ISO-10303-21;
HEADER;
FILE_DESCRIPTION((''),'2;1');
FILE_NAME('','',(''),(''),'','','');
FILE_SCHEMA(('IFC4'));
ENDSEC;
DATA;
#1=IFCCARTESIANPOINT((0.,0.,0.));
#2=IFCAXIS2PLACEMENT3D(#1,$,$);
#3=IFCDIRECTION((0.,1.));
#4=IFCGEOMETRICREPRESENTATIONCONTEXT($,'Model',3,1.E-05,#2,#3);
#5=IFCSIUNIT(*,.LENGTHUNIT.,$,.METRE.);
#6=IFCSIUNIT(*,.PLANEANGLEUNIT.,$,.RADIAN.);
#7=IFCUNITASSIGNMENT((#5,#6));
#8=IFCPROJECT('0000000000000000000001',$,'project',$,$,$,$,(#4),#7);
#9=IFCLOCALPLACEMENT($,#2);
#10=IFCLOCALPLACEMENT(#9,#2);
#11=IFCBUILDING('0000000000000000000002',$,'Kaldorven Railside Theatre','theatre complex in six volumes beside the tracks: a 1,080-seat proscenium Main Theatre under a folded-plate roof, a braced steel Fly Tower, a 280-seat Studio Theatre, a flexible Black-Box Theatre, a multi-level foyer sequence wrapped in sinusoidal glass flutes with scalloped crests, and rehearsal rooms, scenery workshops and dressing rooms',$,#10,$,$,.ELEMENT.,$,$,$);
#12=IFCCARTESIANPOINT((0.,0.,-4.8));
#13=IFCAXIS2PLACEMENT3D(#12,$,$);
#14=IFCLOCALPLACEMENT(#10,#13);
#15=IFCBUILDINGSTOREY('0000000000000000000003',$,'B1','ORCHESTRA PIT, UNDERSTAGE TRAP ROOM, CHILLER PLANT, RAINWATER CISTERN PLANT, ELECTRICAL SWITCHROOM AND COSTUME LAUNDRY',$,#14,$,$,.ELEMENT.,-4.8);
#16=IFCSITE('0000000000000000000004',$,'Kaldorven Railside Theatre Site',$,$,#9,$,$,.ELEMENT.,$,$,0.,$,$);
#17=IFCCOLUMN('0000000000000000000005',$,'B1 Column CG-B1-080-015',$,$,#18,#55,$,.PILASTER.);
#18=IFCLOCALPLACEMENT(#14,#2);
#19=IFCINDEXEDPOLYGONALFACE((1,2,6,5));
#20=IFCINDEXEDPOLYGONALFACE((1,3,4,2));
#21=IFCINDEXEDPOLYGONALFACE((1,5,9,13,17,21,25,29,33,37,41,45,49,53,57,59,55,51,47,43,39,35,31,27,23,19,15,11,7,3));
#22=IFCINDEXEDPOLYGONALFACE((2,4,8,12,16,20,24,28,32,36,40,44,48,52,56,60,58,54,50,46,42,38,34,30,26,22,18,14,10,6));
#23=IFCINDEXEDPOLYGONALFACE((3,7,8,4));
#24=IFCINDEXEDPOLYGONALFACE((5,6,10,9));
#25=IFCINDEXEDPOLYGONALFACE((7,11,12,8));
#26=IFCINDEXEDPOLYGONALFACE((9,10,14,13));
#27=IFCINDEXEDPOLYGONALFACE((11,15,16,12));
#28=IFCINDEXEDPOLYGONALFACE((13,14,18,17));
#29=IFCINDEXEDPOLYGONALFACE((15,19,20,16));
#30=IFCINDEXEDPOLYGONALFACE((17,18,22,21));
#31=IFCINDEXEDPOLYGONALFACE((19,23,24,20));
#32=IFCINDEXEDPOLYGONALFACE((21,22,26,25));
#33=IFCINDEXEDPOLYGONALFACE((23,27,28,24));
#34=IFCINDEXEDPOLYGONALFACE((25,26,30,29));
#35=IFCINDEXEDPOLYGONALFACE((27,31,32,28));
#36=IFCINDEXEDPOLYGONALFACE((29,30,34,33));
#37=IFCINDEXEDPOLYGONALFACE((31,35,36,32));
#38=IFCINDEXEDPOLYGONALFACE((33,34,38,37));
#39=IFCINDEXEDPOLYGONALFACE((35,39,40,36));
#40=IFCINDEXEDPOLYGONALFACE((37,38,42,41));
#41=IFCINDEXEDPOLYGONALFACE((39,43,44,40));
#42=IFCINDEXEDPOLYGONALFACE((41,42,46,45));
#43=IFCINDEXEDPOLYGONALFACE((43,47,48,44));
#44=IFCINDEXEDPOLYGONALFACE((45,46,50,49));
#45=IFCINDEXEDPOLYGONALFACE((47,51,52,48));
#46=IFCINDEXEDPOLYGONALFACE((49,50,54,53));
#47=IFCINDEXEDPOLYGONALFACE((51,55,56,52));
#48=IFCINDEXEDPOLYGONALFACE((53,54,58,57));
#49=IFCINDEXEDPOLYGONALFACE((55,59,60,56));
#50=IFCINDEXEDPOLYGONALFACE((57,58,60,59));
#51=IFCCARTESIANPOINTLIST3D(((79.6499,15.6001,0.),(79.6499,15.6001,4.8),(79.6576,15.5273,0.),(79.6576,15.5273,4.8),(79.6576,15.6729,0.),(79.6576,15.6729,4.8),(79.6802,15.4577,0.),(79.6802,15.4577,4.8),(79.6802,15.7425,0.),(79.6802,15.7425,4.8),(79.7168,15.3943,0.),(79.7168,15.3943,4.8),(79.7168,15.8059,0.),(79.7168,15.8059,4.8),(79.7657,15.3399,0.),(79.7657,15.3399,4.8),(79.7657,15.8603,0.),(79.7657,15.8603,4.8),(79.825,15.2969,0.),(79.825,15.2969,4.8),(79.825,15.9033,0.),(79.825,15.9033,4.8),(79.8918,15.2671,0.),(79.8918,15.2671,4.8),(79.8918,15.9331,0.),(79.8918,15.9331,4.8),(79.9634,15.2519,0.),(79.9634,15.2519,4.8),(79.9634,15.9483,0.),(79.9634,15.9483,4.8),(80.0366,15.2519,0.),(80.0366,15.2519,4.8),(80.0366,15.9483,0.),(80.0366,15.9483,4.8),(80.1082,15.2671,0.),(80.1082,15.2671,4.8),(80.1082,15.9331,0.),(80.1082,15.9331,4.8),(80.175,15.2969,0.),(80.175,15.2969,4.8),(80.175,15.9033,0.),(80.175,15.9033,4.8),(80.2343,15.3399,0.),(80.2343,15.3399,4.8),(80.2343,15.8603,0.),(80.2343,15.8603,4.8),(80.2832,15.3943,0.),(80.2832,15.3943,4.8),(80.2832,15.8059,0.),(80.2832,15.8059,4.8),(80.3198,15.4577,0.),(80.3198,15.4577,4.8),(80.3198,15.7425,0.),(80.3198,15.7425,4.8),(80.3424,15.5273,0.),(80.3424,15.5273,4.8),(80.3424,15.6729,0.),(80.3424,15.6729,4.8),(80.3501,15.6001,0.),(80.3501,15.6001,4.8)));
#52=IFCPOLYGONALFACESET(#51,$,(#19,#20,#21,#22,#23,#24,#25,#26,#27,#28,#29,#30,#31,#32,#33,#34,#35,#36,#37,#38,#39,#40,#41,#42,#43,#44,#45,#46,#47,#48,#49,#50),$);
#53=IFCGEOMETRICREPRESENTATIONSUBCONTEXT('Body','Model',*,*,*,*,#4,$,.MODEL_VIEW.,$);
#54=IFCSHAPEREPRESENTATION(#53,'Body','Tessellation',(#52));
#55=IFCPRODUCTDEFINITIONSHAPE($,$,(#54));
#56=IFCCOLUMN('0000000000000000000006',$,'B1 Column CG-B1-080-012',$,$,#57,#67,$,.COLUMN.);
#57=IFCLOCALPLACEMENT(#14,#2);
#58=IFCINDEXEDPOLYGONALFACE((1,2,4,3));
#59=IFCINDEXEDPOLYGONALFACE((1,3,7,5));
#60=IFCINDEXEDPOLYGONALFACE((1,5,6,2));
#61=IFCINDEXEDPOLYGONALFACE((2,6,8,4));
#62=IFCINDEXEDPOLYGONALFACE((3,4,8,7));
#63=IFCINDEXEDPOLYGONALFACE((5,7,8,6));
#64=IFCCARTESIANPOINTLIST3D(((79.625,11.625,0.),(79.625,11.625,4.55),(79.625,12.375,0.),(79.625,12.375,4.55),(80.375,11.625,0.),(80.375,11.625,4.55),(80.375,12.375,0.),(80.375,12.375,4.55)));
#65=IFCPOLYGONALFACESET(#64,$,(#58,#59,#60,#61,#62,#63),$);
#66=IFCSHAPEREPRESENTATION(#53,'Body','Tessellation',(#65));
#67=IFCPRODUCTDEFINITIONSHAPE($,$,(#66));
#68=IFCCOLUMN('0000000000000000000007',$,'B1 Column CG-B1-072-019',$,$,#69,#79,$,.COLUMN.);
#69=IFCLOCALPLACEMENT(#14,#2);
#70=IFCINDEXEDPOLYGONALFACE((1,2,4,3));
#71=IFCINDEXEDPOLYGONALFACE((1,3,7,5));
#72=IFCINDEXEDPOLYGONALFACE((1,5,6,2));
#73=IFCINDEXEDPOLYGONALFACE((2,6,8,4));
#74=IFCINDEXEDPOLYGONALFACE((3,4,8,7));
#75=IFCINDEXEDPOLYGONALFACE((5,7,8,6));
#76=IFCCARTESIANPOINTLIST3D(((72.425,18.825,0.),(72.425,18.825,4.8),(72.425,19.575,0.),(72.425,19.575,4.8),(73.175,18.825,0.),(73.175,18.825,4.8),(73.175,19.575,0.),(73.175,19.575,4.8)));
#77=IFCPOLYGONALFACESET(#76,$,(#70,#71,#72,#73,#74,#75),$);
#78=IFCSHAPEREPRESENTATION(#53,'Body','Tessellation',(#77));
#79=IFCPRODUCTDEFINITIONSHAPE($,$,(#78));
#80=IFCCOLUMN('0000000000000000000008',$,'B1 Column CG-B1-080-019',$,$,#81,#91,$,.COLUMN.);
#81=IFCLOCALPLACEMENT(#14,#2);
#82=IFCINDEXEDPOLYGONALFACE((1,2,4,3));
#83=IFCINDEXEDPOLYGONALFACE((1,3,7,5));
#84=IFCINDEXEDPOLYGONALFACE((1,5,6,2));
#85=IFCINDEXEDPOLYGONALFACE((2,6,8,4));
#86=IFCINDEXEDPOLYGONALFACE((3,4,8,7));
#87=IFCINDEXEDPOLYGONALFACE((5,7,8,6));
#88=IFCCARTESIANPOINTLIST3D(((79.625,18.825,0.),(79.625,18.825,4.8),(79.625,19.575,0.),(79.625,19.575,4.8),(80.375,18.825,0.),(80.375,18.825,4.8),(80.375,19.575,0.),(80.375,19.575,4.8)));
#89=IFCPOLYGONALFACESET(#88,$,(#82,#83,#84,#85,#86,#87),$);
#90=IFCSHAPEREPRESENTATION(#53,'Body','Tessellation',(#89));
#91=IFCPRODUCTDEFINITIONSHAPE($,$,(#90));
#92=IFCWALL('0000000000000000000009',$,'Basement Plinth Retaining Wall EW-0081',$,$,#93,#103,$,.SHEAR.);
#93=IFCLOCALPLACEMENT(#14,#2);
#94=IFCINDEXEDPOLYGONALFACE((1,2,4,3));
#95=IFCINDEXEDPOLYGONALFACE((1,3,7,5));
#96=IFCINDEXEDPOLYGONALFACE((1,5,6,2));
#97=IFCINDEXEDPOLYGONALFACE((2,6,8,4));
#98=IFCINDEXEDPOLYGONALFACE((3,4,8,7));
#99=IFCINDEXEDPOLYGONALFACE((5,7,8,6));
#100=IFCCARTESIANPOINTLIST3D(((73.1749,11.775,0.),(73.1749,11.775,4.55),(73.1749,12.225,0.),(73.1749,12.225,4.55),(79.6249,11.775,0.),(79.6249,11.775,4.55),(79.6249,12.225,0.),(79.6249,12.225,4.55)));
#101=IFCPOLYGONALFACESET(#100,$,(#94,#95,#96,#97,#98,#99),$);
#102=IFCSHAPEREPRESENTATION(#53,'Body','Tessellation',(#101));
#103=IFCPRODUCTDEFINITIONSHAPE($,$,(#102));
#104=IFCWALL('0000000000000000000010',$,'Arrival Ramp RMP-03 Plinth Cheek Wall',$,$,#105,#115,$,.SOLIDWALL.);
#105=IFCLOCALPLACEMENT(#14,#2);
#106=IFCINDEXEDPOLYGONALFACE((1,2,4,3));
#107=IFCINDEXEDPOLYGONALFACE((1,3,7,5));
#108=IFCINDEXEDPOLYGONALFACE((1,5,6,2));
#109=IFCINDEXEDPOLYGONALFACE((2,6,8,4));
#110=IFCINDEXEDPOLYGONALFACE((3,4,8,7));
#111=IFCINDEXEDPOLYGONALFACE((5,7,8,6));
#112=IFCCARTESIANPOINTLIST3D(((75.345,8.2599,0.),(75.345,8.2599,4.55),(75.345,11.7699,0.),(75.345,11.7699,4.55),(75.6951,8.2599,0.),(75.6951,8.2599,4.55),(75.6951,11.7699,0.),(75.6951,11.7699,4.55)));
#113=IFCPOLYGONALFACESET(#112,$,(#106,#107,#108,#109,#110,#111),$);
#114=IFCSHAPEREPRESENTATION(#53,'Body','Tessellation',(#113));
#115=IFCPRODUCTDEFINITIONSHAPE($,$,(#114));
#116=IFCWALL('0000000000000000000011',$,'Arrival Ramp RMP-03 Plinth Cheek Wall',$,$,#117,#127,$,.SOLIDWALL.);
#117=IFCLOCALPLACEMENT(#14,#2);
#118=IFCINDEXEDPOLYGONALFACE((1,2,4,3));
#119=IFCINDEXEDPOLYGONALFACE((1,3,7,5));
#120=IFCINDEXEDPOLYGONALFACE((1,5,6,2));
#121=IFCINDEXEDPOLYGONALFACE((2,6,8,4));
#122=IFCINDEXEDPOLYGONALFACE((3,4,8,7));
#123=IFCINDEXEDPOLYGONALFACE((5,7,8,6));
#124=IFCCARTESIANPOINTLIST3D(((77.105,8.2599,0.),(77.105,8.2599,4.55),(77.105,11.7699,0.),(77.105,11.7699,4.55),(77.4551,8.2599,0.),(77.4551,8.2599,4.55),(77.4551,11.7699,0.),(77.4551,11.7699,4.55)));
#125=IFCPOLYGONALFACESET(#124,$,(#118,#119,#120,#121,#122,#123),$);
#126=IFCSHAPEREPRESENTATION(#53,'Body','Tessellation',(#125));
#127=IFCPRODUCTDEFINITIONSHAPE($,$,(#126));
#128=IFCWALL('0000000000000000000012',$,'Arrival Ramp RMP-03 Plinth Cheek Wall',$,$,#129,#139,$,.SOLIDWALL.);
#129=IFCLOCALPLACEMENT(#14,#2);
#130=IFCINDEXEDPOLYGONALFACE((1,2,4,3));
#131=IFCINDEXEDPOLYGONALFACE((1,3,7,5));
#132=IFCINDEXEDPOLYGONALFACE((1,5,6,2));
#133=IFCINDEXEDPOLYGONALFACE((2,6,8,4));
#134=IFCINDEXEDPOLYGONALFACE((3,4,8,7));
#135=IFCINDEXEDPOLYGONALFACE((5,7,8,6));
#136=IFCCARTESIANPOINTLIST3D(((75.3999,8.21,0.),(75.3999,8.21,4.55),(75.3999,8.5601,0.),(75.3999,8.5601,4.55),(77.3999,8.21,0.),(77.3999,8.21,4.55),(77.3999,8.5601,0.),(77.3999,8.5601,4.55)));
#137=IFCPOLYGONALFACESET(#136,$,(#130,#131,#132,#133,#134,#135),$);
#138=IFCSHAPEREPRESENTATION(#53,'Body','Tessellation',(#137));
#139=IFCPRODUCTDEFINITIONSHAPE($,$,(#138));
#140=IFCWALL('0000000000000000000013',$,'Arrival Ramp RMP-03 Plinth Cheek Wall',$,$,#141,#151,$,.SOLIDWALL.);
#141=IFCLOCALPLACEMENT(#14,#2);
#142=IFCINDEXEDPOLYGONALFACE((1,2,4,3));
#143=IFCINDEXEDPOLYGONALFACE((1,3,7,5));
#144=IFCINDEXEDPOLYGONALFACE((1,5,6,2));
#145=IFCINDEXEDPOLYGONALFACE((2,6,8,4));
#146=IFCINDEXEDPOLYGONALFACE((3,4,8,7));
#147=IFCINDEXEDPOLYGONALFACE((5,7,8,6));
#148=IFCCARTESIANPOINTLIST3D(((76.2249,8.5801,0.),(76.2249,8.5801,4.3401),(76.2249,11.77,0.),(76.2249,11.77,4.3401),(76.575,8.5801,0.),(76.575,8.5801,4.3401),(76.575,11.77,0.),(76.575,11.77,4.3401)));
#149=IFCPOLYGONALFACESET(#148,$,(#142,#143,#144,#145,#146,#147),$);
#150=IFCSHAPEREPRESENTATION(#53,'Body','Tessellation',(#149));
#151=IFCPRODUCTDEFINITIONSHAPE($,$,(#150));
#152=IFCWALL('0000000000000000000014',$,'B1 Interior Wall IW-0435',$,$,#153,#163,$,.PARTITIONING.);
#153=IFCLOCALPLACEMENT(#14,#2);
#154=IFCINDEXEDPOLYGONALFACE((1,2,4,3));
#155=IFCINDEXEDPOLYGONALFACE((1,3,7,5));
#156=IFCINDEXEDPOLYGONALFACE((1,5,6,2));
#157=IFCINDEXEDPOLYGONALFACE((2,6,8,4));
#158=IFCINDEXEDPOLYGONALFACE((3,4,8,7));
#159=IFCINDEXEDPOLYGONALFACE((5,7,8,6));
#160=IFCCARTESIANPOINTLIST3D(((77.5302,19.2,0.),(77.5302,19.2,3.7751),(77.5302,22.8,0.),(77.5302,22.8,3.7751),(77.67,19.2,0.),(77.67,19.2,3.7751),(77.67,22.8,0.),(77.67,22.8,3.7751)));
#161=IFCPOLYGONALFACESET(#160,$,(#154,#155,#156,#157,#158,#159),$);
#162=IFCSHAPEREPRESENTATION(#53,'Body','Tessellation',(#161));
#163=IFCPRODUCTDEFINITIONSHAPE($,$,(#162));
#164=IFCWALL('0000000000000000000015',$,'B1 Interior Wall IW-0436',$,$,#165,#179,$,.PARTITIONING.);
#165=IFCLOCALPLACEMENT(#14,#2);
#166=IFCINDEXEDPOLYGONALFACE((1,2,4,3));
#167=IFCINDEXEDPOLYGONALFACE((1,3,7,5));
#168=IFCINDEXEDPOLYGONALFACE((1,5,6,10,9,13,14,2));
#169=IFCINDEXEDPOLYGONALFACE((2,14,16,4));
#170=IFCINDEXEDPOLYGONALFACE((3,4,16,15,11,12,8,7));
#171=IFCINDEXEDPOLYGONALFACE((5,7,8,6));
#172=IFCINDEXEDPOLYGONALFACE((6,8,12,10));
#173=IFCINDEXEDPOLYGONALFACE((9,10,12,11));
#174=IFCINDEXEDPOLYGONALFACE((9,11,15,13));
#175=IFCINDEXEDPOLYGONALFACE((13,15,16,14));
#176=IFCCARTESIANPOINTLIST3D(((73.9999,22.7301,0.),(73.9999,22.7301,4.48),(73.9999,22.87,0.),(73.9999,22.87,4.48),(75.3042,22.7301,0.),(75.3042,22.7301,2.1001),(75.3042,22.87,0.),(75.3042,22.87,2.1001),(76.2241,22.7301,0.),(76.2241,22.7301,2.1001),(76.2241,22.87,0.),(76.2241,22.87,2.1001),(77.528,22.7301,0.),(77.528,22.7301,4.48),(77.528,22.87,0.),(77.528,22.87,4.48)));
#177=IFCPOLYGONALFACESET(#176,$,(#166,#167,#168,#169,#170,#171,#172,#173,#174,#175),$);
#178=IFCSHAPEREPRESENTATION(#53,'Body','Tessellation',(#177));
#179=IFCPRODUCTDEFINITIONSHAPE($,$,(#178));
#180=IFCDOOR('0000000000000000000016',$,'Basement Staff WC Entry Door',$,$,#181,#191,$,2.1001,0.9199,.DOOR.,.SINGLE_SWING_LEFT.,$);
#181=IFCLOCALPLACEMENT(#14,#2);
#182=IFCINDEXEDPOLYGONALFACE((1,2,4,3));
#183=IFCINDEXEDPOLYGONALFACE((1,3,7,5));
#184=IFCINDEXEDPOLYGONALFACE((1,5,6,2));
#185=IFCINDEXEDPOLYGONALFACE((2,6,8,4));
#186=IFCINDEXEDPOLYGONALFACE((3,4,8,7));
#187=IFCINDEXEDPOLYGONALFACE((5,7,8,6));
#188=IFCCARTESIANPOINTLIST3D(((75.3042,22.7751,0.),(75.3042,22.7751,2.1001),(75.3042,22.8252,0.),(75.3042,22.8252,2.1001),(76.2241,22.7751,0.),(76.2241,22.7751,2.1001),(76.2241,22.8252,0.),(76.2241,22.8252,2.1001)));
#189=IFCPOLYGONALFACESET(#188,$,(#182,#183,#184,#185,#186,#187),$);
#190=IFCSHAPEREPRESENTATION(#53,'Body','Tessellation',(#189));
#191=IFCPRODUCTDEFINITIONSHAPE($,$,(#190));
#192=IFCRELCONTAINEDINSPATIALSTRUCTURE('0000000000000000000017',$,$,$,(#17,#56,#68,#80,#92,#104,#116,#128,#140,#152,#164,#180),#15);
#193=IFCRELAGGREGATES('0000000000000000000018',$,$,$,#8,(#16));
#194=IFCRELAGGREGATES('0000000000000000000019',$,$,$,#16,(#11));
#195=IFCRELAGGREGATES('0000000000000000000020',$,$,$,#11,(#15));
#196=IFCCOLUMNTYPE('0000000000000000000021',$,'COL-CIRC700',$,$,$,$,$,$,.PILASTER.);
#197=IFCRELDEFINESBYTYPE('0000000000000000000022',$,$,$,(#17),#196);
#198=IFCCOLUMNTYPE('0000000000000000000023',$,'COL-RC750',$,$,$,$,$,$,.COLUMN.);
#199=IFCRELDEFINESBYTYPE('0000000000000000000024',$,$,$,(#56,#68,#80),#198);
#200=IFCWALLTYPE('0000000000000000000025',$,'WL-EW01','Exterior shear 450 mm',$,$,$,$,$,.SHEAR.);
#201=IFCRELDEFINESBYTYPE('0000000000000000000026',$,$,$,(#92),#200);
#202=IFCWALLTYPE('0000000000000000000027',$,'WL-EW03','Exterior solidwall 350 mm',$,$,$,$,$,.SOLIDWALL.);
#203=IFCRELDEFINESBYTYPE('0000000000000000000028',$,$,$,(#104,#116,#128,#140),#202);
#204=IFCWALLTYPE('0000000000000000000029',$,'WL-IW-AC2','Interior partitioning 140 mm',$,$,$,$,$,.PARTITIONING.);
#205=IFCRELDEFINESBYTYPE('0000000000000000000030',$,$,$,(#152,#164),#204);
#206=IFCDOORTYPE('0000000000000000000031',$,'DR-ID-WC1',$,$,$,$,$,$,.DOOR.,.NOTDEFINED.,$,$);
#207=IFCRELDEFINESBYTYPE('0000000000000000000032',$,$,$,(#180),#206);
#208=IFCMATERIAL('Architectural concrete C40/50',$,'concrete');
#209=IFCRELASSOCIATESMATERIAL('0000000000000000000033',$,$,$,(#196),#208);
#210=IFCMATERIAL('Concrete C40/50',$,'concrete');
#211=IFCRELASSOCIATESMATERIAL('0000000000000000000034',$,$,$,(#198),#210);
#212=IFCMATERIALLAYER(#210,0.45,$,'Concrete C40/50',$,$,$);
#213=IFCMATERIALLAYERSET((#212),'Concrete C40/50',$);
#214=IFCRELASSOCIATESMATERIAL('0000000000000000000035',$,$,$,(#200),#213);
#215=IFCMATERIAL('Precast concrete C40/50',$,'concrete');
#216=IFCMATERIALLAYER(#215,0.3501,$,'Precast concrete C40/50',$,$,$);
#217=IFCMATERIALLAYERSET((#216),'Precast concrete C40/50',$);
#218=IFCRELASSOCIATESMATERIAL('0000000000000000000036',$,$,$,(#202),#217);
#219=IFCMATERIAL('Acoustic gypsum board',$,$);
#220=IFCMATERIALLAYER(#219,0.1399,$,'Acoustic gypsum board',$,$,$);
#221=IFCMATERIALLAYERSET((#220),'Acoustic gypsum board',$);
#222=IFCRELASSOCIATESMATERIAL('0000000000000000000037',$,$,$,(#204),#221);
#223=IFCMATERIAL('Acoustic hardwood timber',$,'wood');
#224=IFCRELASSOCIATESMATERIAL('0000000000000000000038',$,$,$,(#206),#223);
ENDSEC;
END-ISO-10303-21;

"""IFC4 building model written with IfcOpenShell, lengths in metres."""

from ifc_helpers import new_model, si_unit, direction, frame, frame_2d, origin, origin_2d, place, context, subcontext, project, spatial, rectangle, circle, extrude, material, layer, layer_set, material_profile, profile_set, type_object, element, fill, save


model = new_model("IFC4")

# Units and contexts
model_context = context("Model", 3, precision=1e-05, world=origin(), true_north=direction((0.0, 1.0)))
body_context = subcontext(model_context, "Body", "Model", "MODEL_VIEW")
ifc_project = project(units=[si_unit("LENGTHUNIT", "METRE"), si_unit("PLANEANGLEUNIT", "RADIAN")], contexts=[model_context])

# Site, building, storey
site_placement = place(None, origin())
site = spatial("IfcSite", under=ifc_project, at=site_placement, Name="Kaldorven Railside Theatre Site", CompositionType="ELEMENT", RefElevation=0.0)
building_placement = place(site_placement, origin())
building = spatial("IfcBuilding", under=site, at=building_placement, Name="Kaldorven Railside Theatre", Description="theatre complex in six volumes beside the tracks: a 1,080-seat proscenium Main Theatre under a folded-plate roof, a braced steel Fly Tower, a 280-seat Studio Theatre, a flexible Black-Box Theatre, a multi-level foyer sequence wrapped in sinusoidal glass flutes with scalloped crests, and rehearsal rooms, scenery workshops and dressing rooms", CompositionType="ELEMENT")
storey_placement = place(building_placement, frame((0.0, 0.0, -4.8)))
storey = spatial("IfcBuildingStorey", under=building, at=storey_placement, Name="B1", Description="ORCHESTRA PIT, UNDERSTAGE TRAP ROOM, CHILLER PLANT, RAINWATER CISTERN PLANT, ELECTRICAL SWITCHROOM AND COSTUME LAUNDRY", CompositionType="ELEMENT", Elevation=-4.8)

# Shared definitions
ifc_material_1 = material(Name="Concrete C40/50", Category="concrete")

# Columns
ifc_material_2 = material(Name="Architectural concrete C40/50", Category="concrete")
ifc_material_profile_1 = material_profile(ifc_material_2, circle(Radius=0.3501, at=origin_2d()), Name="RC D700")
ifc_profile_set_1 = profile_set([ifc_material_profile_1], Name="Architectural concrete C40/50")
column_type_1 = type_object("IfcColumnType", Name="COL-CIRC700", PredefinedType="PILASTER", material=ifc_profile_set_1)
column_1_placement = place(storey_placement, frame((80.0, 15.6001, 0.0), z_axis=(0.0, 0.0, 1.0), x_axis=(1.0, 0.0, 0.0)))
element("IfcColumn", 1, at=column_1_placement, inside=storey, type_object=column_type_1, Name="B1 Column CG-B1-080-015", PredefinedType="PILASTER", context=body_context, shape_type="SweptSolid", body=[
    extrude(circle(Radius=0.3501, at=origin_2d()), origin(), (0.0, 0.0, 1.0), 4.8),
])
ifc_material_profile_2 = material_profile(ifc_material_1, rectangle(XDim=0.75, YDim=0.75, at=origin_2d()), Name="RC 750x750")
ifc_profile_set_2 = profile_set([ifc_material_profile_2], Name="Concrete C40/50")
column_type_2 = type_object("IfcColumnType", Name="COL-RC750", PredefinedType="COLUMN", material=ifc_profile_set_2)
column_2_placement = place(storey_placement, frame((80.0, 12.0, 0.0), z_axis=(0.0, 0.0, 1.0), x_axis=(1.0, 0.0, 0.0)))
element("IfcColumn", 2, at=column_2_placement, inside=storey, type_object=column_type_2, Name="B1 Column CG-B1-080-012", PredefinedType="COLUMN", context=body_context, shape_type="SweptSolid", body=[
    extrude(rectangle(XDim=0.75, YDim=0.75, at=origin_2d()), origin(), (0.0, 0.0, 1.0), 4.55),
])
for number, where, z_axis, x_axis, name in (
    (3, (72.8, 19.2, 0.0), (0.0, 0.0, 1.0), (1.0, 0.0, 0.0), "B1 Column CG-B1-072-019"),
    (4, (80.0, 19.2, 0.0), (0.0, 0.0, 1.0), (0.0, 1.0, 0.0), "B1 Column CG-B1-080-019"),
):
    element("IfcColumn", number, at=place(storey_placement, frame(where, z_axis=z_axis, x_axis=x_axis)), inside=storey, type_object=column_type_2, Name=name, PredefinedType="COLUMN", context=body_context, shape_type="SweptSolid", body=[
        extrude(rectangle(XDim=0.75, YDim=0.75, at=origin_2d()), origin(), (0.0, 0.0, 1.0), 4.8),
    ])

# Walls
ifc_layer_1 = layer(ifc_material_1, 0.45, Name="Concrete C40/50")
ifc_layer_set_1 = layer_set([ifc_layer_1], Name="Concrete C40/50")
wall_type_1 = type_object("IfcWallType", Name="WL-EW01", Description="Exterior shear 450 mm", PredefinedType="SHEAR", material=ifc_layer_set_1)
wall_1_placement = place(storey_placement, frame((79.625, 12.0, 0.0), z_axis=(0.0, 0.0, 1.0), x_axis=(-1.0, 0.0, 0.0)))
element("IfcWall", 5, at=wall_1_placement, inside=storey, type_object=wall_type_1, Name="Basement Plinth Retaining Wall EW-0081", PredefinedType="SHEAR", context=body_context, shape_type="SweptSolid", body=[
    extrude(rectangle(XDim=6.45, YDim=0.45, at=frame_2d((3.2251, 0.0))), origin(), (0.0, 0.0, 1.0), 4.55),
])
ifc_material_3 = material(Name="Precast concrete C40/50", Category="concrete")
ifc_layer_2 = layer(ifc_material_3, 0.3501, Name="Precast concrete C40/50")
ifc_layer_set_2 = layer_set([ifc_layer_2], Name="Precast concrete C40/50")
wall_type_2 = type_object("IfcWallType", Name="WL-EW03", Description="Exterior solidwall 350 mm", PredefinedType="SOLIDWALL", material=ifc_layer_set_2)
for number, where, z_axis, x_axis, name in (
    (6, (75.52, 8.26, 0.0), (0.0, 0.0, 1.0), (0.0, 1.0, 0.0), "Arrival Ramp RMP-03 Plinth Cheek Wall"),
    (7, (77.28, 8.26, 0.0), (0.0, 0.0, 1.0), (0.0, 1.0, 0.0), "Arrival Ramp RMP-03 Plinth Cheek Wall"),
):
    element("IfcWall", number, at=place(storey_placement, frame(where, z_axis=z_axis, x_axis=x_axis)), inside=storey, type_object=wall_type_2, Name=name, PredefinedType="SOLIDWALL", context=body_context, shape_type="SweptSolid", body=[
        extrude(rectangle(XDim=3.51, YDim=0.3501, at=frame_2d((1.7549, 0.0))), origin(), (0.0, 0.0, 1.0), 4.55),
    ])
wall_2_placement = place(storey_placement, frame((75.3999, 8.385, 0.0), z_axis=(0.0, 0.0, 1.0), x_axis=(1.0, 0.0, 0.0)))
element("IfcWall", 8, at=wall_2_placement, inside=storey, type_object=wall_type_2, Name="Arrival Ramp RMP-03 Plinth Cheek Wall", PredefinedType="SOLIDWALL", context=body_context, shape_type="SweptSolid", body=[
    extrude(rectangle(XDim=2.0, YDim=0.3501, at=frame_2d((1.0, 0.0))), origin(), (0.0, 0.0, 1.0), 4.55),
])
wall_3_placement = place(storey_placement, frame((76.3999, 8.5801, 0.0), z_axis=(0.0, 0.0, 1.0), x_axis=(0.0, 1.0, 0.0)))
element("IfcWall", 9, at=wall_3_placement, inside=storey, type_object=wall_type_2, Name="Arrival Ramp RMP-03 Plinth Cheek Wall", PredefinedType="SOLIDWALL", context=body_context, shape_type="SweptSolid", body=[
    extrude(rectangle(XDim=3.1899, YDim=0.3501, at=frame_2d((1.595, 0.0))), origin(), (0.0, 0.0, 1.0), 4.3401),
])
ifc_material_4 = material(Name="Acoustic gypsum board")
ifc_layer_3 = layer(ifc_material_4, 0.1399, Name="Acoustic gypsum board")
ifc_layer_set_3 = layer_set([ifc_layer_3], Name="Acoustic gypsum board")
wall_type_3 = type_object("IfcWallType", Name="WL-IW-AC2", Description="Interior partitioning 140 mm", PredefinedType="PARTITIONING", material=ifc_layer_set_3)
wall_4_placement = place(storey_placement, frame((77.6001, 19.2, 0.0), z_axis=(0.0, 0.0, 1.0), x_axis=(0.0, 1.0, 0.0)))
element("IfcWall", 10, at=wall_4_placement, inside=storey, type_object=wall_type_3, Name="B1 Interior Wall IW-0435", PredefinedType="PARTITIONING", context=body_context, shape_type="SweptSolid", body=[
    extrude(rectangle(XDim=3.6001, YDim=0.1399, at=frame_2d((1.8, 0.0))), origin(), (0.0, 0.0, 1.0), 3.7751),
])

# Wall, opening, door
wall_5_placement = place(storey_placement, frame((77.5281, 22.8, 0.0), z_axis=(0.0, 0.0, 1.0), x_axis=(-1.0, 0.0, 0.0)))
wall_5 = element("IfcWall", 11, at=wall_5_placement, inside=storey, type_object=wall_type_3, Name="B1 Interior Wall IW-0436", PredefinedType="PARTITIONING", context=body_context, shape_type="SweptSolid", body=[
    extrude(rectangle(XDim=3.5281, YDim=0.1399, at=frame_2d((1.7642, 0.0))), origin(), (0.0, 0.0, 1.0), 4.48),
])
opening_1_placement = place(wall_5_placement, frame((1.304, 0.0, 0.0)))
opening_1 = element("IfcOpeningElement", 12, at=opening_1_placement, cuts=wall_5, PredefinedType="OPENING", context=body_context, shape_type="SweptSolid", body=[
    extrude(rectangle(XDim=0.9199, YDim=2.1001, at=frame_2d((0.46, 1.05))), frame((0.0, 0.0801, 0.0), z_axis=(0.0, -1.0, 0.0), x_axis=(1.0, 0.0, 0.0)), (0.0, 0.0, 1.0), 0.1599),
])
ifc_material_5 = material(Name="Acoustic hardwood timber", Category="wood")
door_type_1 = type_object("IfcDoorType", Name="DR-ID-WC1", OperationType="NOTDEFINED", PredefinedType="DOOR", material=ifc_material_5)
door_1_placement = place(opening_1_placement, origin())
door_1 = element("IfcDoor", 13, at=door_1_placement, inside=storey, type_object=door_type_1, Name="Basement Staff WC Entry Door", OperationType="SINGLE_SWING_LEFT", OverallHeight=2.1001, OverallWidth=0.9199, PredefinedType="DOOR", context=body_context, shape_type="SweptSolid", body=[
    extrude(rectangle(XDim=0.9199, YDim=2.1001, at=frame_2d((0.46, 1.05))), frame((0.0, 0.0249, 0.0), z_axis=(0.0, -1.0, 0.0), x_axis=(1.0, 0.0, 0.0)), (0.0, 0.0, 1.0), 0.05),
])
fill(opening_1, door_1)

save(model, "model.ifc")
